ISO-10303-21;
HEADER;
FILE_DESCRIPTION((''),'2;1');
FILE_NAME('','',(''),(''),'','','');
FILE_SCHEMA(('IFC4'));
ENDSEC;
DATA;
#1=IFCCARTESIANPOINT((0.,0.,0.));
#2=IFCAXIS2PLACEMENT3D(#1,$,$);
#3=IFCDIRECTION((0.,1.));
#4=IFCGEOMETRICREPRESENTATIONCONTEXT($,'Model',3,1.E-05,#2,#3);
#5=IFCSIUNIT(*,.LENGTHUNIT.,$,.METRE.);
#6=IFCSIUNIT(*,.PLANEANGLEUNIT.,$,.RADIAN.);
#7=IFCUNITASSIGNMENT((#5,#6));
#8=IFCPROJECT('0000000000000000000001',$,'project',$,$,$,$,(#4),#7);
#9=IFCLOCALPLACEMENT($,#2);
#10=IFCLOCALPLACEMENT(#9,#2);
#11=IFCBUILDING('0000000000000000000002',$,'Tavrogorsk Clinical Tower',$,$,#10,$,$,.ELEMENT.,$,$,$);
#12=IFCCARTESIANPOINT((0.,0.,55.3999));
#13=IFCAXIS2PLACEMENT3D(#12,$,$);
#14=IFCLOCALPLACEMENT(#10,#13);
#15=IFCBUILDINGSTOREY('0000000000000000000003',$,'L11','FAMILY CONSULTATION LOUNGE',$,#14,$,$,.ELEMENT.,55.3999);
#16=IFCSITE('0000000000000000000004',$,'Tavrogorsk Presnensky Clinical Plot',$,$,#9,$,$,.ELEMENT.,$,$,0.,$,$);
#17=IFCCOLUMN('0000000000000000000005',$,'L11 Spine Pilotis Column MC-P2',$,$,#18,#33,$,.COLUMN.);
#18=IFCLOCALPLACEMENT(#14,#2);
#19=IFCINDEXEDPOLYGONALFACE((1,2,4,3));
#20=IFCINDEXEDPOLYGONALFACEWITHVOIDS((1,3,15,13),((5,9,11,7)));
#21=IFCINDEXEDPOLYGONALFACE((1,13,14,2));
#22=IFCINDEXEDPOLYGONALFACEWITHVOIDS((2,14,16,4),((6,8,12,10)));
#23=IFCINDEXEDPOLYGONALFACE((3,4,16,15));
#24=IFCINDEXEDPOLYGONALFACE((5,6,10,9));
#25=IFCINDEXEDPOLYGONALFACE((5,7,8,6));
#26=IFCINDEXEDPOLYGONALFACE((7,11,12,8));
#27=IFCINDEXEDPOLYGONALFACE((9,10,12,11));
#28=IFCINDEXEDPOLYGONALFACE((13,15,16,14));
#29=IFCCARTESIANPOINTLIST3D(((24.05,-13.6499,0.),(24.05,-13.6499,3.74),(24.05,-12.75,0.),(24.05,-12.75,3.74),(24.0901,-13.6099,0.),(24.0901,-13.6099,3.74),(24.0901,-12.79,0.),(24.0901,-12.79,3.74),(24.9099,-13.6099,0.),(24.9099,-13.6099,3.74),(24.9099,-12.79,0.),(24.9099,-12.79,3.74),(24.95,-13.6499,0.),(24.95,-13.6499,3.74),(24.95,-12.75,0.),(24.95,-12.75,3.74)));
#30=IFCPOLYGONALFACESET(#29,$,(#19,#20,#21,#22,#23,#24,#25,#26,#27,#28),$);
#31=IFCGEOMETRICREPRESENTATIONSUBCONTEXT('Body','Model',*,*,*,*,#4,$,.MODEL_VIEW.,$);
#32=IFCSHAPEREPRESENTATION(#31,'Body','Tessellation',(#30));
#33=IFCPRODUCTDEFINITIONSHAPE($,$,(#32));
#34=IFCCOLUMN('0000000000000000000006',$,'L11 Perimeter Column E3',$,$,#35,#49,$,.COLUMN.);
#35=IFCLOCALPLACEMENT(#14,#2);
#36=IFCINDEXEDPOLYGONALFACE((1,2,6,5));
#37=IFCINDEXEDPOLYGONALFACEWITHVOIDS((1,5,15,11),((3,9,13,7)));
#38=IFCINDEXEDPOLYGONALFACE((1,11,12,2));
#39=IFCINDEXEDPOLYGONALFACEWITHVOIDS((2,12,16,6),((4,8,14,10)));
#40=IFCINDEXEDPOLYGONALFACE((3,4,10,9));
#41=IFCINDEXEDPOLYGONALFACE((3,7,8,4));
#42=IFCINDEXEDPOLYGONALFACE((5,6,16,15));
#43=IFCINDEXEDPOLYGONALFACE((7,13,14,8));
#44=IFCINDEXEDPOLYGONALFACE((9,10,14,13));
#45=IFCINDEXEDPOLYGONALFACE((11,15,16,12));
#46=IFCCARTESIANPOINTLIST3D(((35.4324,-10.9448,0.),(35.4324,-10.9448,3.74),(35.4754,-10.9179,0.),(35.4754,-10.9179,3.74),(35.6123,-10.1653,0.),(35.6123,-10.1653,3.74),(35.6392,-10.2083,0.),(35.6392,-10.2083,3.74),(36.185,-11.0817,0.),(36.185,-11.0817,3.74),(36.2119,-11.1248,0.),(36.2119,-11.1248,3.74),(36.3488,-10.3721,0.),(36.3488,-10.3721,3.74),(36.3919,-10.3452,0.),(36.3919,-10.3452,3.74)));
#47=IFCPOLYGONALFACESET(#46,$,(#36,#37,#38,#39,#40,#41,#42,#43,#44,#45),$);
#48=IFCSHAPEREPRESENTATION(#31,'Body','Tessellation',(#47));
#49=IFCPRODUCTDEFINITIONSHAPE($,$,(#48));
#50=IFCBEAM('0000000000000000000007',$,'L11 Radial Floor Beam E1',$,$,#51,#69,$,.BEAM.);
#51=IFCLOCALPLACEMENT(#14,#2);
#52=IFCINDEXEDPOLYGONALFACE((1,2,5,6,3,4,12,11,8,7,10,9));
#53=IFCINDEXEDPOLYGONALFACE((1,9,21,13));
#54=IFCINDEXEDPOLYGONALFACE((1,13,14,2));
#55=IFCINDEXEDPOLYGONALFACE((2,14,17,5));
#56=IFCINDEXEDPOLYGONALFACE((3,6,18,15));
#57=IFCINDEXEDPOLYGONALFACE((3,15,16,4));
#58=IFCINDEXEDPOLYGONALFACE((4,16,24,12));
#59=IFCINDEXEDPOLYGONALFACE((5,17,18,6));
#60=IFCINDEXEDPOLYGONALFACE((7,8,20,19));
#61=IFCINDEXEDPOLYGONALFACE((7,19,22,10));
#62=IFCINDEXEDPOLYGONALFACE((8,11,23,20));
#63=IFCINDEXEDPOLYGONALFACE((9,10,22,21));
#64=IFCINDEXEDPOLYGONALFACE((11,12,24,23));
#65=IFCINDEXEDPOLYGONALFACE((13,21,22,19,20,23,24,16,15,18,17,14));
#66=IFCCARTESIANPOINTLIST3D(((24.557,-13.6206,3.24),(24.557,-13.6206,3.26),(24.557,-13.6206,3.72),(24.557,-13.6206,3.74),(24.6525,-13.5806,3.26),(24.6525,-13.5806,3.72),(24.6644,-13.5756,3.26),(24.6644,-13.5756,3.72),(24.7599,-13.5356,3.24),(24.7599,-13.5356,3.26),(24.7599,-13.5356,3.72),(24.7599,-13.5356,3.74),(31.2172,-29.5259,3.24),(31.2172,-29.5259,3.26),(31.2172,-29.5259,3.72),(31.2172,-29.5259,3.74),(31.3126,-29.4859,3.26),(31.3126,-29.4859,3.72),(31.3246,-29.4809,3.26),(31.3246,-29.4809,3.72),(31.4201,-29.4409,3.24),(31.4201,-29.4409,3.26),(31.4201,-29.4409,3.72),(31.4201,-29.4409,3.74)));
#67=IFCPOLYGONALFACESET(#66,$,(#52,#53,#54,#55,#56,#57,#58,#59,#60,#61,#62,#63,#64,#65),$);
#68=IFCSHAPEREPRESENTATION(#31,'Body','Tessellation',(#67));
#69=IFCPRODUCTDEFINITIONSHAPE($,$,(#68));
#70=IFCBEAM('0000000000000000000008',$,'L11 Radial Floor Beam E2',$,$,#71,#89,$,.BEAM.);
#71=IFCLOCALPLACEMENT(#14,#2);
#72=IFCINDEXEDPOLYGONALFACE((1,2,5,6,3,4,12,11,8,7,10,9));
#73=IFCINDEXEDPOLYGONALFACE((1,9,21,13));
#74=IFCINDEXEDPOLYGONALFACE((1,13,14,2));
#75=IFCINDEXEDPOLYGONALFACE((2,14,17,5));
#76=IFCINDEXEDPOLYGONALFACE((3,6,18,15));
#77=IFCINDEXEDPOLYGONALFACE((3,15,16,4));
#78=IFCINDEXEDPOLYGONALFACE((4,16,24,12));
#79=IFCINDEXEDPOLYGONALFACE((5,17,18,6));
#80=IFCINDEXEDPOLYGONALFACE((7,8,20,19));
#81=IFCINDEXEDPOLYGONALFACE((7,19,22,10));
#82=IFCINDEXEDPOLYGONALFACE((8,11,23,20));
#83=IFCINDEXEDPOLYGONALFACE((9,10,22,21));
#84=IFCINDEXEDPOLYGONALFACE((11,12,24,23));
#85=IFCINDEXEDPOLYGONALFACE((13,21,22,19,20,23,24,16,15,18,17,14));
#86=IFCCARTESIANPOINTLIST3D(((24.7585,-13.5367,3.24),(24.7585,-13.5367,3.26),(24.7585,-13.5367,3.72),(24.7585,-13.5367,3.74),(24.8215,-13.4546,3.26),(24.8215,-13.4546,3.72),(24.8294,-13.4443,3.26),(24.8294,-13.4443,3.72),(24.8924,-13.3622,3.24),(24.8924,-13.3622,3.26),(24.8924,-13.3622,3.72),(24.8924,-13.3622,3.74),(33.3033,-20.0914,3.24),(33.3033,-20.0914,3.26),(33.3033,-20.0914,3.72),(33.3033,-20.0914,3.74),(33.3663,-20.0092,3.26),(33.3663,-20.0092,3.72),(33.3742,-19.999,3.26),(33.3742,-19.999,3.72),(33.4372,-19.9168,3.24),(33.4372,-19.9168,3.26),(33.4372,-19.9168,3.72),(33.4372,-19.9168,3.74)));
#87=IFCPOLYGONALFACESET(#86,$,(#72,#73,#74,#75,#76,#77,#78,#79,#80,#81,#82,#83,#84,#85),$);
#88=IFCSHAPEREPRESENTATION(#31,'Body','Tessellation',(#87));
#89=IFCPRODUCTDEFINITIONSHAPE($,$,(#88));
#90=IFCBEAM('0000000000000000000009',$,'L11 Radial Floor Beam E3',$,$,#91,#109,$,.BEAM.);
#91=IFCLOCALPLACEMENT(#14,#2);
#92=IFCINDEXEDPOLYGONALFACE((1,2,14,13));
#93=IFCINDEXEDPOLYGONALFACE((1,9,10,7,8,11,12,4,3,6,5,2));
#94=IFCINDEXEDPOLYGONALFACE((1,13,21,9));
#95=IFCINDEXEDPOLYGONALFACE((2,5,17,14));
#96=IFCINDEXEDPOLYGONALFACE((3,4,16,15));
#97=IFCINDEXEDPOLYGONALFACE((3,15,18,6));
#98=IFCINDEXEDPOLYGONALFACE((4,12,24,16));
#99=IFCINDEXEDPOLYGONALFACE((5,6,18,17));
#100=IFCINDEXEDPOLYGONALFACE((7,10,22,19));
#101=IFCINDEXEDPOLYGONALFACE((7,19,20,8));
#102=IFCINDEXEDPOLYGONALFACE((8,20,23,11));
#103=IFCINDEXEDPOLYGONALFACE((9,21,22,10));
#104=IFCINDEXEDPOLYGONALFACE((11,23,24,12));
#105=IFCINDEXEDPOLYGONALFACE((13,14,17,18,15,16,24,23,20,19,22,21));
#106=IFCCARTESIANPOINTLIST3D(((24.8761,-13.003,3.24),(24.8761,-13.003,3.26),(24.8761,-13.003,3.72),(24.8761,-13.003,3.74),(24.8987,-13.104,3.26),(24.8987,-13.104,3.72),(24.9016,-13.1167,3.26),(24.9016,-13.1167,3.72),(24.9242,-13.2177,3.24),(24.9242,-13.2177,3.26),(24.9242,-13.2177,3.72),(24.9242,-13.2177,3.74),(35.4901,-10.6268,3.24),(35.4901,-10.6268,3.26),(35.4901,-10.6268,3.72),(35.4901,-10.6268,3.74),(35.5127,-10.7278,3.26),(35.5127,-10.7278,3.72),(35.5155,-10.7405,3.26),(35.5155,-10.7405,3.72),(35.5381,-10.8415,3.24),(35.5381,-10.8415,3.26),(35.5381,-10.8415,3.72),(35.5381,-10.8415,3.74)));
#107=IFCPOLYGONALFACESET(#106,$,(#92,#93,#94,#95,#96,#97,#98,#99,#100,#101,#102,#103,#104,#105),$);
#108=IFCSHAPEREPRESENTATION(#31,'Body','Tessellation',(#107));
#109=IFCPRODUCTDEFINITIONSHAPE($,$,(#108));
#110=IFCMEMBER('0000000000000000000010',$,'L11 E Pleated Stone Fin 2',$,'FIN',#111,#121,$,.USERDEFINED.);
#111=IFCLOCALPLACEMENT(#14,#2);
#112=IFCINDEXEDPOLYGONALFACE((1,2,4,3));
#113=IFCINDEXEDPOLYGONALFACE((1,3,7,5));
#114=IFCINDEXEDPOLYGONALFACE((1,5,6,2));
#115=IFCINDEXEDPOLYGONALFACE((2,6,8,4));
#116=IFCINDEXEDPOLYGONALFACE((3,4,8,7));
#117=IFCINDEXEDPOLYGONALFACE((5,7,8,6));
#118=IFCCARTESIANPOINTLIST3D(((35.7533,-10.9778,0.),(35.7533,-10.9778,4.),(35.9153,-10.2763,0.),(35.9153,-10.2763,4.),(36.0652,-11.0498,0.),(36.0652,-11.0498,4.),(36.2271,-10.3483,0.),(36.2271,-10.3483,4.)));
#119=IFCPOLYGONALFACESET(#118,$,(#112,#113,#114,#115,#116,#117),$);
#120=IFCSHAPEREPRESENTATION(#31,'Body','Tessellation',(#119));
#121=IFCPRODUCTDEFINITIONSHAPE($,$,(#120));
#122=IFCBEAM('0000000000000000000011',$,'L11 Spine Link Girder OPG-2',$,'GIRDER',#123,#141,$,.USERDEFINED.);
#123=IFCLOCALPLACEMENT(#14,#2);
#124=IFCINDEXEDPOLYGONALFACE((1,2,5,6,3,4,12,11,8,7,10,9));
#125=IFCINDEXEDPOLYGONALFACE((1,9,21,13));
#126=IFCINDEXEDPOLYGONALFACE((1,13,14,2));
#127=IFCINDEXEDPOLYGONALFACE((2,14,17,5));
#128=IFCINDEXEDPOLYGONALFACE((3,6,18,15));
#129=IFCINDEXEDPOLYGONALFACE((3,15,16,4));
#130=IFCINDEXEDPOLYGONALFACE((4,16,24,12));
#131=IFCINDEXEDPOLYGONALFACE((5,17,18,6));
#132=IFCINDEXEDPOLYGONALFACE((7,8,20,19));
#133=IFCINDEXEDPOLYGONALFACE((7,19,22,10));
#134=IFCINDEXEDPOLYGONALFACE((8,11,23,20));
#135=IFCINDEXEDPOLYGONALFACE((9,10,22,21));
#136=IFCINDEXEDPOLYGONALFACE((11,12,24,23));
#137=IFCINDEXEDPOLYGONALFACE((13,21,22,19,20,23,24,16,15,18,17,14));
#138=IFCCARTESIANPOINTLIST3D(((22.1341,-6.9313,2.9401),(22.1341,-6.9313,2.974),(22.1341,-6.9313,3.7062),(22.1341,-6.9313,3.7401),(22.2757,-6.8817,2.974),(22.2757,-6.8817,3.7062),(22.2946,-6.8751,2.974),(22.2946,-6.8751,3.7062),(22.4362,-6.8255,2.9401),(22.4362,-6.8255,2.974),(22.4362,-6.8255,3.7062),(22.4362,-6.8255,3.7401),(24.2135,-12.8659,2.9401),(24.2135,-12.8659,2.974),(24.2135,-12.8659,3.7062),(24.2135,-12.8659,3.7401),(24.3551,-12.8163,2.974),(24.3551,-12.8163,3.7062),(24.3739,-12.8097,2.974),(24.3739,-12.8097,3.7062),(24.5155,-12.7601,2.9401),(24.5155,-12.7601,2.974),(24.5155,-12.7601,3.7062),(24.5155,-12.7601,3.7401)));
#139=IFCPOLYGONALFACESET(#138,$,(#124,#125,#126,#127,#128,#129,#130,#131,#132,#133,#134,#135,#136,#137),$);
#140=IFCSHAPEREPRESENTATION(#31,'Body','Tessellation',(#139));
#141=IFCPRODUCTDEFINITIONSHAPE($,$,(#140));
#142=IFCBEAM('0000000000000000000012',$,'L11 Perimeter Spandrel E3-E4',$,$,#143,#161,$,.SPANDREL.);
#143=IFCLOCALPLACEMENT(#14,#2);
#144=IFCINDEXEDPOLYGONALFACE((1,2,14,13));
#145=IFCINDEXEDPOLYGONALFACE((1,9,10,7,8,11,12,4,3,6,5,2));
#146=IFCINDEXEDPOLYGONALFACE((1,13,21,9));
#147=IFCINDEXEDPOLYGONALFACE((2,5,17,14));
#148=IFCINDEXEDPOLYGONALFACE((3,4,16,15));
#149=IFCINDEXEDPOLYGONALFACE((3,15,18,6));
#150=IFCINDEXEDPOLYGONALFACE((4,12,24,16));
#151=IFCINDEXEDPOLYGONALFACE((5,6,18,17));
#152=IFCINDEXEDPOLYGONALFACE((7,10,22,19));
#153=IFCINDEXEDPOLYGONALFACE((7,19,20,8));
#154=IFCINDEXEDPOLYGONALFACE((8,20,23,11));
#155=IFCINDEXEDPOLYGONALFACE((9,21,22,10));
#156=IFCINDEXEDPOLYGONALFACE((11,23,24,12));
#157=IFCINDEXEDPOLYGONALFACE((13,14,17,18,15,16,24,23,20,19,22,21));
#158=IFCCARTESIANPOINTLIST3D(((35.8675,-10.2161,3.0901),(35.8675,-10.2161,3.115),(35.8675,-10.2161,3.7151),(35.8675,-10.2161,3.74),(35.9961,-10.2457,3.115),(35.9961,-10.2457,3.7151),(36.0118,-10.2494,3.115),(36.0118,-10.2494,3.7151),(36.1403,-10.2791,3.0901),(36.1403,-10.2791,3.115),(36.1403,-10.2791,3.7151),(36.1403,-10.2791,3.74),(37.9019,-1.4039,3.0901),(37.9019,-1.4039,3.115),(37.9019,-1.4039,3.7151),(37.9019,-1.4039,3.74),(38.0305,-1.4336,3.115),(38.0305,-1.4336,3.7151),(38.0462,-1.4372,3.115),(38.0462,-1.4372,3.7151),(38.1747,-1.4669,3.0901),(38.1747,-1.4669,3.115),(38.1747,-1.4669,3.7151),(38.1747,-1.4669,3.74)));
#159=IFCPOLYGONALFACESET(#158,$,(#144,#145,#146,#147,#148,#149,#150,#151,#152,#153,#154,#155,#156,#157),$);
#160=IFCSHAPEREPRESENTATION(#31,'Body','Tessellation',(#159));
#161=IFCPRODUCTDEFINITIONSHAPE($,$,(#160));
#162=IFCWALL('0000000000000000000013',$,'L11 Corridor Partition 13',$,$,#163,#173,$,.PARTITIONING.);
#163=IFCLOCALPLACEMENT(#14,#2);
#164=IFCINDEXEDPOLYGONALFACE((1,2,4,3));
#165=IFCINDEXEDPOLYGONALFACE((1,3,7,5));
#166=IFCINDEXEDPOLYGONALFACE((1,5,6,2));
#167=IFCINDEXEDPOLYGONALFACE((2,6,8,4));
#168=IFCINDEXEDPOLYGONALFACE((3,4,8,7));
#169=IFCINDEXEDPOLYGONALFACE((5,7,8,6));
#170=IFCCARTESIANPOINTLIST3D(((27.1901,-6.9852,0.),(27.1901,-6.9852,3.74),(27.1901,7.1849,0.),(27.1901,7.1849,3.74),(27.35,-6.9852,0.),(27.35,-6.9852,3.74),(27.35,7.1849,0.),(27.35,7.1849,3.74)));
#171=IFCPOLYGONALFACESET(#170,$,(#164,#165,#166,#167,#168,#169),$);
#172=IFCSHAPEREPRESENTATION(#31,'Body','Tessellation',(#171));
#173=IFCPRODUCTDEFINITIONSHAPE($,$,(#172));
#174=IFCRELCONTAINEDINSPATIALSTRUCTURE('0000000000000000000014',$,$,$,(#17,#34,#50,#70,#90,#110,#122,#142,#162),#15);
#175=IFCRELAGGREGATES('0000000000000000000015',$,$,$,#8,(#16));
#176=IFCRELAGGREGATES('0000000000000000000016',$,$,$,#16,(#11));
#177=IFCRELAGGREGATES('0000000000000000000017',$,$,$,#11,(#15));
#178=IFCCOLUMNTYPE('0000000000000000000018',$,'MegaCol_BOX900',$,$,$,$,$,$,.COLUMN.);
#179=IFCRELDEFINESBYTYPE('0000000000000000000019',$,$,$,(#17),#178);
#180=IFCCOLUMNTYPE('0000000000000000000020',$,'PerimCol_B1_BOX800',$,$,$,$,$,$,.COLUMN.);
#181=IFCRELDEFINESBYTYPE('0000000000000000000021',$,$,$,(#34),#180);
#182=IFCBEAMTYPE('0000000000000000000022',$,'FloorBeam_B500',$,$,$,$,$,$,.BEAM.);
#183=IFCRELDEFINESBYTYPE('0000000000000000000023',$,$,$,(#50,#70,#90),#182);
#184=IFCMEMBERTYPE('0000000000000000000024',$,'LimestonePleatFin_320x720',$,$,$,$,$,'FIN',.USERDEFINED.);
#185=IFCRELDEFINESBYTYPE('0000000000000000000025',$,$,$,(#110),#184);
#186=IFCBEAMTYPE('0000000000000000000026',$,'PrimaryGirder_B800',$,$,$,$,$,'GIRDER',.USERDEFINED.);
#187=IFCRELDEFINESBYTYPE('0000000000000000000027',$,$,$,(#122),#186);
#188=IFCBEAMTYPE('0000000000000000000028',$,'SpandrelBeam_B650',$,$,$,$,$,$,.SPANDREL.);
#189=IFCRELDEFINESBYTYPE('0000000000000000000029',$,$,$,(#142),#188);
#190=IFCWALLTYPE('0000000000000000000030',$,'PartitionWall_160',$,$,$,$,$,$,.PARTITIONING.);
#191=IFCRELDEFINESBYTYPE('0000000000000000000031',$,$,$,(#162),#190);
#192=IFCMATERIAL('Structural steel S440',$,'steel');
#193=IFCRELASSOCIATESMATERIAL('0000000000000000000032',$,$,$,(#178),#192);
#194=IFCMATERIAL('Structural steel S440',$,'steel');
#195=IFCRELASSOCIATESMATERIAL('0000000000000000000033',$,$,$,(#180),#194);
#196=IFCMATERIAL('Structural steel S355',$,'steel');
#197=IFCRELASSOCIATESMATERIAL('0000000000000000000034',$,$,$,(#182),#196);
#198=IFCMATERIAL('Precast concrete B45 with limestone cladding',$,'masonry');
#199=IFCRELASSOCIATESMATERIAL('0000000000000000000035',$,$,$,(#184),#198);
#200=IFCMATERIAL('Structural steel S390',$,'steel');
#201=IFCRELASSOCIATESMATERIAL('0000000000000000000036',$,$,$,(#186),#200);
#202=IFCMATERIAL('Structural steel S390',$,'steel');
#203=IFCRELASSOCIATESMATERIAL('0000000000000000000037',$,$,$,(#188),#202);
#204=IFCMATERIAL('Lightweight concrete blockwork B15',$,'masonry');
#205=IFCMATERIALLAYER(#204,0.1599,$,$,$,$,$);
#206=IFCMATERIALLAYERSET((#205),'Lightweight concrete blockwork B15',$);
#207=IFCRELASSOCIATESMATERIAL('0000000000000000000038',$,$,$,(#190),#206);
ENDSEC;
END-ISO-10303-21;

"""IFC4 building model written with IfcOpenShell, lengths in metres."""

from ifc_helpers import new_model, si_unit, direction, frame, frame_2d, origin, origin_2d, place, context, subcontext, project, spatial, rectangle, hollow_rectangle, i_section, extrude, material, layer, layer_set, material_profile, profile_set, type_object, element, save


model = new_model("IFC4")

# Units and contexts
model_context = context("Model", 3, precision=1e-05, world=origin(), true_north=direction((0.0, 1.0)))
body_context = subcontext(model_context, "Body", "Model", "MODEL_VIEW")
ifc_project = project(units=[si_unit("LENGTHUNIT", "METRE"), si_unit("PLANEANGLEUNIT", "RADIAN")], contexts=[model_context])

# Site, building, storey
site_placement = place(None, origin())
site = spatial("IfcSite", under=ifc_project, at=site_placement, Name="Tavrogorsk Presnensky Clinical Plot", CompositionType="ELEMENT", RefElevation=0.0)
building_placement = place(site_placement, origin())
building = spatial("IfcBuilding", under=site, at=building_placement, Name="Tavrogorsk Clinical Tower", CompositionType="ELEMENT")
storey_placement = place(building_placement, frame((0.0, 0.0, 55.3999)))
storey = spatial("IfcBuildingStorey", under=building, at=storey_placement, Name="L11", Description="FAMILY CONSULTATION LOUNGE", CompositionType="ELEMENT", Elevation=55.3999)

# Columns
ifc_material_1 = material(Name="Structural steel S440", Category="steel")
ifc_material_profile_1 = material_profile(ifc_material_1, hollow_rectangle(XDim=0.8999, YDim=0.8999, WallThickness=0.04, at=origin_2d()), Name="BOX-900x900x40")
ifc_profile_set_1 = profile_set([ifc_material_profile_1], Name="Structural steel S440")
column_type_1 = type_object("IfcColumnType", Name="MegaCol_BOX900", PredefinedType="COLUMN", material=ifc_profile_set_1)
column_1_placement = place(storey_placement, frame((24.5, -13.2, 0.0), z_axis=(0.0, 0.0, 1.0), x_axis=(1.0, 0.0, 0.0)))
element("IfcColumn", 1, at=column_1_placement, inside=storey, type_object=column_type_1, Name="L11 Spine Pilotis Column MC-P2", PredefinedType="COLUMN", context=body_context, shape_type="SweptSolid", body=[
    extrude(hollow_rectangle(XDim=0.8999, YDim=0.8999, WallThickness=0.04, at=origin_2d()), origin(), (0.0, 0.0, 1.0), 3.74),
])
ifc_material_2 = material(Name="Structural steel S440", Category="steel")
ifc_material_profile_2 = material_profile(ifc_material_2, hollow_rectangle(XDim=0.8, YDim=0.8, WallThickness=0.0359, at=origin_2d()), Name="BOX-800x800x36")
ifc_profile_set_2 = profile_set([ifc_material_profile_2], Name="Structural steel S440")
column_type_2 = type_object("IfcColumnType", Name="PerimCol_B1_BOX800", PredefinedType="COLUMN", material=ifc_profile_set_2)
column_2_placement = place(storey_placement, frame((35.9121, -10.645, 0.0), z_axis=(0.0, 0.0, 1.0), x_axis=(0.97437, -0.224951, 0.0)))
element("IfcColumn", 2, at=column_2_placement, inside=storey, type_object=column_type_2, Name="L11 Perimeter Column E3", PredefinedType="COLUMN", context=body_context, shape_type="SweptSolid", body=[
    extrude(hollow_rectangle(XDim=0.8, YDim=0.8, WallThickness=0.0359, at=origin_2d()), origin(), (0.0, 0.0, 1.0), 3.74),
])

# Beams
ifc_material_3 = material(Name="Structural steel S355", Category="steel")
ifc_material_profile_3 = material_profile(ifc_material_3, i_section(OverallWidth=0.22, OverallDepth=0.5, WebThickness=0.0129, FlangeThickness=0.02, at=origin_2d()), Name="B-500x220x13x20")
ifc_profile_set_3 = profile_set([ifc_material_profile_3], Name="Structural steel S355")
beam_type_1 = type_object("IfcBeamType", Name="FloorBeam_B500", PredefinedType="BEAM", material=ifc_profile_set_3)
beam_1_placement = place(storey_placement, frame((24.6584, -13.5781, 3.49), z_axis=(0.386243, -0.922397, 0.0), x_axis=(0.922397, 0.386243, 0.0)))
element("IfcBeam", 3, at=beam_1_placement, inside=storey, type_object=beam_type_1, Name="L11 Radial Floor Beam E1", PredefinedType="BEAM", context=body_context, shape_type="SweptSolid", body=[
    extrude(i_section(OverallWidth=0.22, OverallDepth=0.5, WebThickness=0.0129, FlangeThickness=0.02, at=origin_2d()), origin(), (0.0, 0.0, 1.0), 17.2434),
])
beam_2_placement = place(storey_placement, frame((24.8254, -13.4495, 3.49), z_axis=(0.793446, -0.608641, 0.0), x_axis=(0.608641, 0.793446, 0.0)))
element("IfcBeam", 4, at=beam_2_placement, inside=storey, type_object=beam_type_1, Name="L11 Radial Floor Beam E2", PredefinedType="BEAM", context=body_context, shape_type="SweptSolid", body=[
    extrude(i_section(OverallWidth=0.22, OverallDepth=0.5, WebThickness=0.0129, FlangeThickness=0.02, at=origin_2d()), origin(), (0.0, 0.0, 1.0), 10.7693),
])
beam_3_placement = place(storey_placement, frame((24.9001, -13.1104, 3.49), z_axis=(0.975844, 0.218468, 0.0), x_axis=(-0.218468, 0.975844, 0.0)))
element("IfcBeam", 5, at=beam_3_placement, inside=storey, type_object=beam_type_1, Name="L11 Radial Floor Beam E3", PredefinedType="BEAM", context=body_context, shape_type="SweptSolid", body=[
    extrude(i_section(OverallWidth=0.22, OverallDepth=0.5, WebThickness=0.0129, FlangeThickness=0.02, at=origin_2d()), origin(), (0.0, 0.0, 1.0), 10.8767),
])

# Member
ifc_material_4 = material(Name="Precast concrete B45 with limestone cladding", Category="masonry")
ifc_material_profile_4 = material_profile(ifc_material_4, rectangle(XDim=0.3201, YDim=0.72, at=origin_2d()), Name="LIMESTONE-FIN-320x720")
ifc_profile_set_4 = profile_set([ifc_material_profile_4], Name="Precast concrete B45 with limestone cladding")
member_type = type_object("IfcMemberType", Name="LimestonePleatFin_320x720", ElementType="FIN", PredefinedType="USERDEFINED", material=ifc_profile_set_4)
member_placement = place(storey_placement, frame((35.9902, -10.6631, 0.0), z_axis=(0.0, 0.0, 1.0), x_axis=(0.97437, -0.224951, 0.0)))
element("IfcMember", 6, at=member_placement, inside=storey, type_object=member_type, Name="L11 E Pleated Stone Fin 2", ObjectType="FIN", PredefinedType="USERDEFINED", context=body_context, shape_type="SweptSolid", body=[
    extrude(rectangle(XDim=0.3201, YDim=0.72, at=origin_2d()), origin(), (0.0, 0.0, 1.0), 4.0),
])

# Beams
ifc_material_5 = material(Name="Structural steel S390", Category="steel")
ifc_material_profile_5 = material_profile(ifc_material_5, i_section(OverallWidth=0.3201, OverallDepth=0.8, WebThickness=0.02, FlangeThickness=0.0339, at=origin_2d()), Name="B-800x320x20x34")
ifc_profile_set_5 = profile_set([ifc_material_profile_5], Name="Structural steel S390")
beam_type_2 = type_object("IfcBeamType", Name="PrimaryGirder_B800", ElementType="GIRDER", PredefinedType="USERDEFINED", material=ifc_profile_set_5)
beam_4_placement = place(storey_placement, frame((24.3645, -12.813, 3.3401), z_axis=(-0.330669, 0.943747, 0.0), x_axis=(-0.943747, -0.330669, 0.0)))
element("IfcBeam", 7, at=beam_4_placement, inside=storey, type_object=beam_type_2, Name="L11 Spine Link Girder OPG-2", ObjectType="GIRDER", PredefinedType="USERDEFINED", context=body_context, shape_type="SweptSolid", body=[
    extrude(i_section(OverallWidth=0.3201, OverallDepth=0.8, WebThickness=0.02, FlangeThickness=0.0339, at=origin_2d()), origin(), (0.0, 0.0, 1.0), 6.2883),
])
ifc_material_6 = material(Name="Structural steel S390", Category="steel")
ifc_material_profile_6 = material_profile(ifc_material_6, i_section(OverallWidth=0.28, OverallDepth=0.6499, WebThickness=0.0161, FlangeThickness=0.0249, at=origin_2d()), Name="B-650x280x16x25")
ifc_profile_set_6 = profile_set([ifc_material_profile_6], Name="Structural steel S390")
beam_type_3 = type_object("IfcBeamType", Name="SpandrelBeam_B650", PredefinedType="SPANDREL", material=ifc_profile_set_6)
beam_5_placement = place(storey_placement, frame((36.0039, -10.2476, 3.415), z_axis=(0.224946, 0.974371, 0.0), x_axis=(-0.974371, 0.224946, 0.0)))
element("IfcBeam", 8, at=beam_5_placement, inside=storey, type_object=beam_type_3, Name="L11 Perimeter Spandrel E3-E4", PredefinedType="SPANDREL", context=body_context, shape_type="SweptSolid", body=[
    extrude(i_section(OverallWidth=0.28, OverallDepth=0.6499, WebThickness=0.0161, FlangeThickness=0.0249, at=origin_2d()), origin(), (0.0, 0.0, 1.0), 9.0439),
])

# Shared definitions
ifc_material_7 = material(Name="Lightweight concrete blockwork B15", Category="masonry")
ifc_layer = layer(ifc_material_7, 0.1599)
ifc_layer_set = layer_set([ifc_layer], Name="Lightweight concrete blockwork B15")
wall_type = type_object("IfcWallType", Name="PartitionWall_160", PredefinedType="PARTITIONING", material=ifc_layer_set)

# Wall
wall_1_placement = place(storey_placement, frame((27.27, -6.9851, 0.0), z_axis=(0.0, 0.0, 1.0), x_axis=(0.0, 1.0, 0.0)))
element("IfcWall", 9, at=wall_1_placement, inside=storey, type_object=wall_type, Name="L11 Corridor Partition 13", PredefinedType="PARTITIONING", context=body_context, shape_type="SweptSolid", body=[
    extrude(rectangle(XDim=14.1702, YDim=0.1599, at=frame_2d((7.085, 0.0))), origin(), (0.0, 0.0, 1.0), 3.74),
])

save(model, "model.ifc")
